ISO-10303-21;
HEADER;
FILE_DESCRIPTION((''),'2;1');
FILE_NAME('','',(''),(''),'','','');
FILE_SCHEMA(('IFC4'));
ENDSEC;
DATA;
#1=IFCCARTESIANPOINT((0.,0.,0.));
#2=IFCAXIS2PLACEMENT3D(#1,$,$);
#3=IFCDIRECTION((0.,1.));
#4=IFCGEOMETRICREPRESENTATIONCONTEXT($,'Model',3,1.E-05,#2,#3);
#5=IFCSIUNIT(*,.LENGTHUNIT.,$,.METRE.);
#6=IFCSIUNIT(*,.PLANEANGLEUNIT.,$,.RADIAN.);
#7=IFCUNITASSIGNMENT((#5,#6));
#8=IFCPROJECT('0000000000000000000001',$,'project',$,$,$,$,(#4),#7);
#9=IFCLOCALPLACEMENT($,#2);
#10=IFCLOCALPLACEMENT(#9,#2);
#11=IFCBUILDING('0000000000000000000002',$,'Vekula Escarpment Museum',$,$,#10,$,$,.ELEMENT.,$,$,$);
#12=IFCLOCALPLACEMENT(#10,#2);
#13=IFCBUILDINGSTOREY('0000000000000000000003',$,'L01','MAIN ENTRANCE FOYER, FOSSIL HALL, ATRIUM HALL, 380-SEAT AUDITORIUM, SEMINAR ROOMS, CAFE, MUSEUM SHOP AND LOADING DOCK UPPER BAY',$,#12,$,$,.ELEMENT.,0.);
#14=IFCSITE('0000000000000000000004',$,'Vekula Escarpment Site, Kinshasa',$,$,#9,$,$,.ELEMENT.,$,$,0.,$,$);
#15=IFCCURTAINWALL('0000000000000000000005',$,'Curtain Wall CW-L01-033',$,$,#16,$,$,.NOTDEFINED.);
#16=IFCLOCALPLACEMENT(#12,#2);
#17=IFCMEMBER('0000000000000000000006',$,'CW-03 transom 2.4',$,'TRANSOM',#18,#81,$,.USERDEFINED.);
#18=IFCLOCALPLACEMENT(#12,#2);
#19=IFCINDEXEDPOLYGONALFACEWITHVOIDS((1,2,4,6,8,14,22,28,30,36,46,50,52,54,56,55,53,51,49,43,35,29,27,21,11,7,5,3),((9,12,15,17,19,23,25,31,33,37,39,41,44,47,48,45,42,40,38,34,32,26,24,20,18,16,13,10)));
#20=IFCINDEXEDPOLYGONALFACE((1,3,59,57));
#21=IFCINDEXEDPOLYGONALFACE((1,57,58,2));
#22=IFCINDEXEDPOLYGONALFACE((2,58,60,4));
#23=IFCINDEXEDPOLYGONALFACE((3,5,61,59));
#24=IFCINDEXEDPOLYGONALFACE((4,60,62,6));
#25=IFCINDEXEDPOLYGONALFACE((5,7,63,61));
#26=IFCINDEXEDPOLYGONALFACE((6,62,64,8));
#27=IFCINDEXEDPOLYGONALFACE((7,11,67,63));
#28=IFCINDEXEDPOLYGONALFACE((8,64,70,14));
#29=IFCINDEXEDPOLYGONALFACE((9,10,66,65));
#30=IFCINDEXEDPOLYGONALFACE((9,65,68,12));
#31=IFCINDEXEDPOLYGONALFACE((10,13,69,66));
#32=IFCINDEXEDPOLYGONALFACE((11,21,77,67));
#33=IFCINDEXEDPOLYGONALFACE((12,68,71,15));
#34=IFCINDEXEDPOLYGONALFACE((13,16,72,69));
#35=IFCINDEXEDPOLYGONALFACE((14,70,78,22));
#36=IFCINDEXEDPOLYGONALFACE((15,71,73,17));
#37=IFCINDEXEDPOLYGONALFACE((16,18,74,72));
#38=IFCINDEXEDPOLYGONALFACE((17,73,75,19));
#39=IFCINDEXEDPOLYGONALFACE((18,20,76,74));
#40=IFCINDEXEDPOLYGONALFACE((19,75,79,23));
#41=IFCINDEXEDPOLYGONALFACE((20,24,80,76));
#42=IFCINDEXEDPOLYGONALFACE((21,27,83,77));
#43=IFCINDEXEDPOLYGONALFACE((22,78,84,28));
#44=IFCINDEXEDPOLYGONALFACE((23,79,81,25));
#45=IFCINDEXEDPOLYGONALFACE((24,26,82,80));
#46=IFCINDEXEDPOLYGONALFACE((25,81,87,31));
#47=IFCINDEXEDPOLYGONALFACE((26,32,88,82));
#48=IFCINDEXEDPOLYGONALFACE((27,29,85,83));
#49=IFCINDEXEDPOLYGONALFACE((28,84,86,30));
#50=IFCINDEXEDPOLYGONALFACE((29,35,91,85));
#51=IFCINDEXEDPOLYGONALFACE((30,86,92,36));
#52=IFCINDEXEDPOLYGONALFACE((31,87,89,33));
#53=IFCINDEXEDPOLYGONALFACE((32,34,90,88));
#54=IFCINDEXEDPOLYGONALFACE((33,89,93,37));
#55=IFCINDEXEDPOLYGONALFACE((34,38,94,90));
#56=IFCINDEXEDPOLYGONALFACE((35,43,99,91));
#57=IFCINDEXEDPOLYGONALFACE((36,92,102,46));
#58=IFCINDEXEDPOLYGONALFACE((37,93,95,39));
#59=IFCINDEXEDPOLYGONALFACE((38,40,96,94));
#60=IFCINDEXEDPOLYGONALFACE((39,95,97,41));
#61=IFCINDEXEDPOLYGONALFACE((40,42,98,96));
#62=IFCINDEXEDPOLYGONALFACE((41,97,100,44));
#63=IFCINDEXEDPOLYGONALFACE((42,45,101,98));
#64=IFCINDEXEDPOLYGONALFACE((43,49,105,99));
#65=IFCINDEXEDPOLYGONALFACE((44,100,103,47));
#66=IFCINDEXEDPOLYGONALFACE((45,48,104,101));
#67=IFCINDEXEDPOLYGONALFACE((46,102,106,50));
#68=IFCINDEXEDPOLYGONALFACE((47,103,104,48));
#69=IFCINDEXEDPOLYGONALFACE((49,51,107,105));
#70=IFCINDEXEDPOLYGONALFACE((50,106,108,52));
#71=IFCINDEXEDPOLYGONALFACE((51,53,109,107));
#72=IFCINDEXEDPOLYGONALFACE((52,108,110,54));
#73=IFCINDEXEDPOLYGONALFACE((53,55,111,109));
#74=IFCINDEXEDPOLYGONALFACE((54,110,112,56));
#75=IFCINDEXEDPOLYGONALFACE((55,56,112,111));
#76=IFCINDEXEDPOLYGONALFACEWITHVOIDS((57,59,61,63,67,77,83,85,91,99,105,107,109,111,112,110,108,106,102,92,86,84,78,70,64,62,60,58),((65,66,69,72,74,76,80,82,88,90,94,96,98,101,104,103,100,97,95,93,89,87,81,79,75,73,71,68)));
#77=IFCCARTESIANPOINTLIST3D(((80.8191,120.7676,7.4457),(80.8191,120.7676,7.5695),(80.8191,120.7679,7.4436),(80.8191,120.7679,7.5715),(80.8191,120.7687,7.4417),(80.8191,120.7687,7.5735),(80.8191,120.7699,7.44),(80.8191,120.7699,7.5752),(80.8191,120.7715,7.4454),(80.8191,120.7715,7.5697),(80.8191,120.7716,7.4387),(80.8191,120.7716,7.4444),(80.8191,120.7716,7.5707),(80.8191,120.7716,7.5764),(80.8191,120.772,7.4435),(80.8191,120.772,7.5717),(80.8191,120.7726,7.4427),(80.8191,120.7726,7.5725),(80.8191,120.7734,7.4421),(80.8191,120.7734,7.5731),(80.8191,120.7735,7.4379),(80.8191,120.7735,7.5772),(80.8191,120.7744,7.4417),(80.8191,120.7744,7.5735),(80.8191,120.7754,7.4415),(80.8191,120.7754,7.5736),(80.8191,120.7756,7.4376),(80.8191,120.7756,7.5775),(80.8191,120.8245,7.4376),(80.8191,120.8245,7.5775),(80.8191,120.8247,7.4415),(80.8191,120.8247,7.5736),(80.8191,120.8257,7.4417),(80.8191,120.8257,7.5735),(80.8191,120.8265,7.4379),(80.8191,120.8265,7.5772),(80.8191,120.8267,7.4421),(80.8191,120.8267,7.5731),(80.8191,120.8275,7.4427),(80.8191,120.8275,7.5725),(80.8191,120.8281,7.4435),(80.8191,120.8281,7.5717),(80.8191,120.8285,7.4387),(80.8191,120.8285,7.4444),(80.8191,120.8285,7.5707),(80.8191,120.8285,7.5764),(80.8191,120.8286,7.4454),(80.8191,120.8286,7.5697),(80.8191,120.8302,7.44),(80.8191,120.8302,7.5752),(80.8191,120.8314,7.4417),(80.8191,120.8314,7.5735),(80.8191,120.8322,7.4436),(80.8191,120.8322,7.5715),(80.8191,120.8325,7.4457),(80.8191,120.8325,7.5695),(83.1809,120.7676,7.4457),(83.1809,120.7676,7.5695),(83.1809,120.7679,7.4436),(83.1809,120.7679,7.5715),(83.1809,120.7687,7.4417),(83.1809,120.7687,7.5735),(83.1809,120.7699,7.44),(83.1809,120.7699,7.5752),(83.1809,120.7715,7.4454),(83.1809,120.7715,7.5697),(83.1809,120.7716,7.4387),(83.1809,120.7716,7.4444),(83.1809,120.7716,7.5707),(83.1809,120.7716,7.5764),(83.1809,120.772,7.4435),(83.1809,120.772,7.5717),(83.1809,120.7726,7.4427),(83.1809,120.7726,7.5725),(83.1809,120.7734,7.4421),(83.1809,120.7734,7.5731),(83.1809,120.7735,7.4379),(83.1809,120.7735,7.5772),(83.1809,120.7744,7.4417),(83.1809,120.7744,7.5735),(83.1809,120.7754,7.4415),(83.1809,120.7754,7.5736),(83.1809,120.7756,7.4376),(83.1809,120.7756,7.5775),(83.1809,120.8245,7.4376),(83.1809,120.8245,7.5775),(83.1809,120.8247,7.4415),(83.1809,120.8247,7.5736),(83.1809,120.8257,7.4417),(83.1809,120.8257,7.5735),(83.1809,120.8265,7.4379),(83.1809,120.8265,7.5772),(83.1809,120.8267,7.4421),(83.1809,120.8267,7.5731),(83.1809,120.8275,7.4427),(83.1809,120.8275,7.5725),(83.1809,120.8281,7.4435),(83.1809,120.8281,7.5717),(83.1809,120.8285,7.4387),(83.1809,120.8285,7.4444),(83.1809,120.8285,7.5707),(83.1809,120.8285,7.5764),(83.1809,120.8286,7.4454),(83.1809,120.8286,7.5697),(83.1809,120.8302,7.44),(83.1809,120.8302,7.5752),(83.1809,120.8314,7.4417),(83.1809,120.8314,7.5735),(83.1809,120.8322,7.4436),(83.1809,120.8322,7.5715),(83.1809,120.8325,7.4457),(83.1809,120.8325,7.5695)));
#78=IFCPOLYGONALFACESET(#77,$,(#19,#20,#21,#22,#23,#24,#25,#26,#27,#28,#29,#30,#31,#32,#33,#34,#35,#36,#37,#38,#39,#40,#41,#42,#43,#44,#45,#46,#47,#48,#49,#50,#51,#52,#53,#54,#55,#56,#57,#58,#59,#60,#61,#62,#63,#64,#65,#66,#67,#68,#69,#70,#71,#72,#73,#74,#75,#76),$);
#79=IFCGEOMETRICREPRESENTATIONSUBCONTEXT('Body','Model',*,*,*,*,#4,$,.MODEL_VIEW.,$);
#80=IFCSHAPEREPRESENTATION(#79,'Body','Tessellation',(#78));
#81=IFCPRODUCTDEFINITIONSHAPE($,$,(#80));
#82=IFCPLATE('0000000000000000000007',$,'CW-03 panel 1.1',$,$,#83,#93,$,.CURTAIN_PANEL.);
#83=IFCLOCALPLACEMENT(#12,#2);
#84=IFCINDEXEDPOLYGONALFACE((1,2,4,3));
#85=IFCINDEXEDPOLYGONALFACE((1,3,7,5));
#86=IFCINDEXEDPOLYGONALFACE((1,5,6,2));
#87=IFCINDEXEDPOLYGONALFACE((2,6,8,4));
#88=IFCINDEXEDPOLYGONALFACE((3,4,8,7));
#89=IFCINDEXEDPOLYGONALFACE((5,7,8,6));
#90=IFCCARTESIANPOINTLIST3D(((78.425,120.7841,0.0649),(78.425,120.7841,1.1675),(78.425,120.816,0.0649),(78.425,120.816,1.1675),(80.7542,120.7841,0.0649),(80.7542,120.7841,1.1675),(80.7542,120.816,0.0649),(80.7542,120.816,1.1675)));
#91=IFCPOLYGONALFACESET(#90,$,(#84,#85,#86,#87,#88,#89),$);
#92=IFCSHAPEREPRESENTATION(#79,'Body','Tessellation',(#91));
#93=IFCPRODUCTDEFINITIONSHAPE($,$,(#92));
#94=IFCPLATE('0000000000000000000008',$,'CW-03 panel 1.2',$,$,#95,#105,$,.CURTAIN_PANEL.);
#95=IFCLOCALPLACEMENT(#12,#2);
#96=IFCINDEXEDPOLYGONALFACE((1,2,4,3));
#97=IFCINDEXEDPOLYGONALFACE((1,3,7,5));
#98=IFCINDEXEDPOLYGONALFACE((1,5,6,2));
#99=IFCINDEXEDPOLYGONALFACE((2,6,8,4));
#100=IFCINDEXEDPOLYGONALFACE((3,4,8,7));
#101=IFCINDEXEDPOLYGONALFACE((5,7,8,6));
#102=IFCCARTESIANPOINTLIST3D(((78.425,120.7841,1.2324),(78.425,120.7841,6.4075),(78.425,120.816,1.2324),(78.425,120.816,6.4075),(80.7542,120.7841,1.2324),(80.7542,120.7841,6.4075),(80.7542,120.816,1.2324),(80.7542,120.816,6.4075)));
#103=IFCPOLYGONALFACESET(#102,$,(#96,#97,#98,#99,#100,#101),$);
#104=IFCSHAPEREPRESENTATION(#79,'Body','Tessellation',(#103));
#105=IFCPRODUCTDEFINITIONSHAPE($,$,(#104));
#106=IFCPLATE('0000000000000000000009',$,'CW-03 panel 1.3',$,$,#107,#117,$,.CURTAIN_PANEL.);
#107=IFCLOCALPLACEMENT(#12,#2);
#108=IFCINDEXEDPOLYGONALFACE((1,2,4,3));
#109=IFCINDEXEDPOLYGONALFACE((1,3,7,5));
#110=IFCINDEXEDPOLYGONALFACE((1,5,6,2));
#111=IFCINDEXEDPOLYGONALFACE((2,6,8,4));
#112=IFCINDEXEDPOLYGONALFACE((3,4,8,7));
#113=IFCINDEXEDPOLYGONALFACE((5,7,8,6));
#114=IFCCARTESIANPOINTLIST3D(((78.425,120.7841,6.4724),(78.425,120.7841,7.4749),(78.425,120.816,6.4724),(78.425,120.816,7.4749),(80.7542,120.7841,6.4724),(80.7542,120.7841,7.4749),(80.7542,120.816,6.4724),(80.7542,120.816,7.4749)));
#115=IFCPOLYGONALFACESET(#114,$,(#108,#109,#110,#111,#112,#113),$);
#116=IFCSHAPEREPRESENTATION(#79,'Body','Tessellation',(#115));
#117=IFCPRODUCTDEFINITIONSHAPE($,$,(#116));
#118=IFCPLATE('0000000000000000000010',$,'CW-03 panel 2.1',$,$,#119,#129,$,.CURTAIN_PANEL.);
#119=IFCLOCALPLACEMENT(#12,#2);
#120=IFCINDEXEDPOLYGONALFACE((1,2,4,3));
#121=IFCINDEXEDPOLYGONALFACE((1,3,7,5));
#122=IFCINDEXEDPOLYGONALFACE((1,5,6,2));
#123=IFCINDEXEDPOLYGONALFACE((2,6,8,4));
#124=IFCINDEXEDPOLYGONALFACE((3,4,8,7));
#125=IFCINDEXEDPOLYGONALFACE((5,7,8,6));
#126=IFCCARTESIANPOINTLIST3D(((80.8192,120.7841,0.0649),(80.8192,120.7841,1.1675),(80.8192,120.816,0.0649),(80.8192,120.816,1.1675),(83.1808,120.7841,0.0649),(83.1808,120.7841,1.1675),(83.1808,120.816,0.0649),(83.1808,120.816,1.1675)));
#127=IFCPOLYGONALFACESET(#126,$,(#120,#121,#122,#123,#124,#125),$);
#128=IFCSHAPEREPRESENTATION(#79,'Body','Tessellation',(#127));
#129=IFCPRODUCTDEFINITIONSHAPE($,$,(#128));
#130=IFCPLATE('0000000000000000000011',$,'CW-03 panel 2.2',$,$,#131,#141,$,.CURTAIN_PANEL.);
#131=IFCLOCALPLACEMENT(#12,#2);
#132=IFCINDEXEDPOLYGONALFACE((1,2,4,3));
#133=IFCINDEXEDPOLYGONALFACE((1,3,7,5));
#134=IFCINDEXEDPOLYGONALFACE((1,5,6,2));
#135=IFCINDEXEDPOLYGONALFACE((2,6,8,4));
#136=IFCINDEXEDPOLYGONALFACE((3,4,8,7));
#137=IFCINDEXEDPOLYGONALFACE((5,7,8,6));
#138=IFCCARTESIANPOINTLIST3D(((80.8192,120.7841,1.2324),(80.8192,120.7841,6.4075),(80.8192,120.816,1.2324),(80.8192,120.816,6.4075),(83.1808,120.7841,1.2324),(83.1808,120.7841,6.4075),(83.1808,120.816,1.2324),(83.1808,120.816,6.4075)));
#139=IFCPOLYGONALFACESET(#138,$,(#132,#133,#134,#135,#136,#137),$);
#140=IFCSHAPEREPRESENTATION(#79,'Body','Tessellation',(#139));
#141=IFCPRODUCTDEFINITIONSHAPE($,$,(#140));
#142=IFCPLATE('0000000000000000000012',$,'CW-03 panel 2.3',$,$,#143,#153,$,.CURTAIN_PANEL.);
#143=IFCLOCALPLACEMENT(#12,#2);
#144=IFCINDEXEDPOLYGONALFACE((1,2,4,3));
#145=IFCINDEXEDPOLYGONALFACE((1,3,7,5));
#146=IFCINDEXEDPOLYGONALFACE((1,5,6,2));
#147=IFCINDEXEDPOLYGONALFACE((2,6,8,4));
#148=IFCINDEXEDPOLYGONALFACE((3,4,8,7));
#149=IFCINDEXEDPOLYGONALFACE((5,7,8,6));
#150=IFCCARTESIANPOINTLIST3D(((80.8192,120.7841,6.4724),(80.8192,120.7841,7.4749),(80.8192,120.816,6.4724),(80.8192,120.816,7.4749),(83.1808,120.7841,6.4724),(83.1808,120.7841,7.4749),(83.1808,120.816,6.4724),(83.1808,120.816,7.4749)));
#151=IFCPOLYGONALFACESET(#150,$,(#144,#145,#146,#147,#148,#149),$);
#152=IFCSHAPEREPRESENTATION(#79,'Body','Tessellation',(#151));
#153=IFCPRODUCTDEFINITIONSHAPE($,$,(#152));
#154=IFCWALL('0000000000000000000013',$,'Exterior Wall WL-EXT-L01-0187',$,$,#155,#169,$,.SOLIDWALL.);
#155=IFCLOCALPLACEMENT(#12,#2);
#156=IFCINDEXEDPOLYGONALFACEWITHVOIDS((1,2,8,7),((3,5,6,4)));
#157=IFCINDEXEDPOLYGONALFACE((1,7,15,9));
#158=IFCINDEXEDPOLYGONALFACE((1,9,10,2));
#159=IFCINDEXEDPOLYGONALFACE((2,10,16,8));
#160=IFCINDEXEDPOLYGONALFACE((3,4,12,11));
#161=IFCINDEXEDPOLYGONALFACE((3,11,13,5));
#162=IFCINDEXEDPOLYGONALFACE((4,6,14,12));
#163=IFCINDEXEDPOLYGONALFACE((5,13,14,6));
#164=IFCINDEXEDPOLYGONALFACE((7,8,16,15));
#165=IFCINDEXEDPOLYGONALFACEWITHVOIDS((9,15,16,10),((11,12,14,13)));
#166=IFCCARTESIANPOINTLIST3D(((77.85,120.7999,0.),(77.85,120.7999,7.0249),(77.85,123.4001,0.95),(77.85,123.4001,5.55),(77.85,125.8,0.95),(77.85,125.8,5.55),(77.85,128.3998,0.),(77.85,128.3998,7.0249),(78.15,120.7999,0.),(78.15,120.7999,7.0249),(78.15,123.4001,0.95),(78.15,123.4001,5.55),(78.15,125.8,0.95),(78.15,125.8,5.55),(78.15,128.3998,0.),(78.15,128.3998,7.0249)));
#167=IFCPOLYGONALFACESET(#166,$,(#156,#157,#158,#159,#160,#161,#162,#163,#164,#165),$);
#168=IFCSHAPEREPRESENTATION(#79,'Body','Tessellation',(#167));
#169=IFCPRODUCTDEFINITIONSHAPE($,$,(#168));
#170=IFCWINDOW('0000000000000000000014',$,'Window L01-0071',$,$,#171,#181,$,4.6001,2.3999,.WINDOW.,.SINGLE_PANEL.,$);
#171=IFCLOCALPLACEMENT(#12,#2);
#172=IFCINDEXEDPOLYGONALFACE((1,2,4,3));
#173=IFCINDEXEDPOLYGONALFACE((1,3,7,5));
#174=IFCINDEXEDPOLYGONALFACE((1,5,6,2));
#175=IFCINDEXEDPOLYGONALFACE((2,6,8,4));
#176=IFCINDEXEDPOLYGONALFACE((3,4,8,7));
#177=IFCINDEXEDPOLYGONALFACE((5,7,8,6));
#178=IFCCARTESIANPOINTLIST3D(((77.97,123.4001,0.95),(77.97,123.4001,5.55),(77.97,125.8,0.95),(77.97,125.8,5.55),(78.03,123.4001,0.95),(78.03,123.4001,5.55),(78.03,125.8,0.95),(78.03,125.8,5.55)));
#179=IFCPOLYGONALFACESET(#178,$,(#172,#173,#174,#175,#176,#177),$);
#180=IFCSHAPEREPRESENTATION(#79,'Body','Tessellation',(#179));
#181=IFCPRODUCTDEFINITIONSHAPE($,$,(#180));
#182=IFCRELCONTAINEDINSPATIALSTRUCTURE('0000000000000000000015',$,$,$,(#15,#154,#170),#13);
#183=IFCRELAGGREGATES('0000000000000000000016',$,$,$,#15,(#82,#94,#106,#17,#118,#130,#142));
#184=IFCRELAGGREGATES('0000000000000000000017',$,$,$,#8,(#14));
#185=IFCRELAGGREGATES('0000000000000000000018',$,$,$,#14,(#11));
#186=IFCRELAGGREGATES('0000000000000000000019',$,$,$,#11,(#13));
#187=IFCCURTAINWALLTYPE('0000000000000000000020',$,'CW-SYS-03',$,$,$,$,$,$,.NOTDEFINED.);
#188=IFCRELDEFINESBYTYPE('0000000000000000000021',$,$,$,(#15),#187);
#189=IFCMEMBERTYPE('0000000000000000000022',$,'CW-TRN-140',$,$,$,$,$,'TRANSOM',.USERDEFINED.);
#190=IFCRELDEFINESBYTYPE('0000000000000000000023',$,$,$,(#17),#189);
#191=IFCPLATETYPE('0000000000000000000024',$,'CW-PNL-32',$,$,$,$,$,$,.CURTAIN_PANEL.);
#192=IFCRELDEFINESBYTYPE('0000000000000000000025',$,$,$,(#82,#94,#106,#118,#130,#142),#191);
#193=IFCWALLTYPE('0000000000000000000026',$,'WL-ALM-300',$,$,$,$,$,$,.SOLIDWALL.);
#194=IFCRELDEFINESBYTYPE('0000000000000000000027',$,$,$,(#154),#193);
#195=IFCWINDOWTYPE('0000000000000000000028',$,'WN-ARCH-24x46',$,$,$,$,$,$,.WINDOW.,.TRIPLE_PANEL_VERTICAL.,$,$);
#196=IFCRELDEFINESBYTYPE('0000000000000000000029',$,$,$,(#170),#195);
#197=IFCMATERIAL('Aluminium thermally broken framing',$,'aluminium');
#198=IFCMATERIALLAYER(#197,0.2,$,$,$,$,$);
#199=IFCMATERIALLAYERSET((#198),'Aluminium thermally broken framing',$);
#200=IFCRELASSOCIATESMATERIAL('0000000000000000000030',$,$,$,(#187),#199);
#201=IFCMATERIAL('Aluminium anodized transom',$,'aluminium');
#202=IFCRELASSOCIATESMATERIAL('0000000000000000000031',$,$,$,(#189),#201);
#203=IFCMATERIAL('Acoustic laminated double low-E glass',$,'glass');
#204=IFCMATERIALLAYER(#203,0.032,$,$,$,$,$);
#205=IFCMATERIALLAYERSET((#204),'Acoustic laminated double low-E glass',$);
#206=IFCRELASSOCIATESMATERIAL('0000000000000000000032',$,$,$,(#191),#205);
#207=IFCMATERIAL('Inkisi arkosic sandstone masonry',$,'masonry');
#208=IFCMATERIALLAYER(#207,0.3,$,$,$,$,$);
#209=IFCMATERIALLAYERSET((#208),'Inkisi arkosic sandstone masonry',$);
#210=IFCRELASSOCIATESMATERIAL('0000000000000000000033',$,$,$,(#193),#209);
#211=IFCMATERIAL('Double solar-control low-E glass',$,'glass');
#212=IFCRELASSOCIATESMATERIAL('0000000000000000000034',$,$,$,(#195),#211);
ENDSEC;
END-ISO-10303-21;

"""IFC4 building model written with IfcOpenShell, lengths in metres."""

from ifc_helpers import new_model, si_unit, direction, frame, frame_2d, origin, origin_2d, place, context, subcontext, project, spatial, rectangle, hollow_rectangle, extrude, material, layer, layer_set, material_profile, profile_set, type_object, element, fill, aggregate, save


model = new_model("IFC4")

# Units and contexts
model_context = context("Model", 3, precision=1e-05, world=origin(), true_north=direction((0.0, 1.0)))
body_context = subcontext(model_context, "Body", "Model", "MODEL_VIEW")
ifc_project = project(units=[si_unit("LENGTHUNIT", "METRE"), si_unit("PLANEANGLEUNIT", "RADIAN")], contexts=[model_context])

# Site, building, storey
site_placement = place(None, origin())
site = spatial("IfcSite", under=ifc_project, at=site_placement, Name="Vekula Escarpment Site, Kinshasa", CompositionType="ELEMENT", RefElevation=0.0)
building_placement = place(site_placement, origin())
building = spatial("IfcBuilding", under=site, at=building_placement, Name="Vekula Escarpment Museum", CompositionType="ELEMENT")
storey_placement = place(building_placement, origin())
storey = spatial("IfcBuildingStorey", under=building, at=storey_placement, Name="L01", Description="MAIN ENTRANCE FOYER, FOSSIL HALL, ATRIUM HALL, 380-SEAT AUDITORIUM, SEMINAR ROOMS, CAFE, MUSEUM SHOP AND LOADING DOCK UPPER BAY", CompositionType="ELEMENT", Elevation=0.0)

# Curtain wall, member, plates
ifc_material_1 = material(Name="Aluminium thermally broken framing", Category="aluminium")
ifc_layer_1 = layer(ifc_material_1, 0.2)
ifc_layer_set_1 = layer_set([ifc_layer_1], Name="Aluminium thermally broken framing")
curtain_wall_type = type_object("IfcCurtainWallType", Name="CW-SYS-03", PredefinedType="NOTDEFINED", material=ifc_layer_set_1)
curtain_wall_placement = place(storey_placement, origin())
curtain_wall = element("IfcCurtainWall", 1, at=curtain_wall_placement, inside=storey, type_object=curtain_wall_type, Name="Curtain Wall CW-L01-033", PredefinedType="NOTDEFINED")
ifc_material_2 = material(Name="Aluminium anodized transom", Category="aluminium")
ifc_material_profile_1 = material_profile(ifc_material_2, hollow_rectangle(XDim=0.0649, YDim=0.1399, WallThickness=0.0039, InnerFilletRadius=0.0039, OuterFilletRadius=0.0081, at=origin_2d()), Name="ALU 140x65x4")
ifc_profile_set_1 = profile_set([ifc_material_profile_1], Name="Aluminium anodized transom")
member_type_1 = type_object("IfcMemberType", Name="CW-TRN-140", ElementType="TRANSOM", PredefinedType="USERDEFINED", material=ifc_profile_set_1)
member_1_placement = place(storey_placement, frame((80.8191, 120.8, 7.5076), z_axis=(1.0, 0.0, 0.0), x_axis=(0.0, 1.0, 0.0)))
member_1 = element("IfcMember", 2, at=member_1_placement, type_object=member_type_1, Name="CW-03 transom 2.4", ObjectType="TRANSOM", PredefinedType="USERDEFINED", context=body_context, shape_type="SweptSolid", body=[
    extrude(hollow_rectangle(XDim=0.0649, YDim=0.1399, WallThickness=0.0039, InnerFilletRadius=0.0039, OuterFilletRadius=0.0081, at=origin_2d()), origin(), (0.0, 0.0, 1.0), 2.3618),
])
ifc_material_3 = material(Name="Acoustic laminated double low-E glass", Category="glass")
ifc_layer_2 = layer(ifc_material_3, 0.032)
ifc_layer_set_2 = layer_set([ifc_layer_2], Name="Acoustic laminated double low-E glass")
plate_type = type_object("IfcPlateType", Name="CW-PNL-32", PredefinedType="CURTAIN_PANEL", material=ifc_layer_set_2)
plate_1_placement = place(storey_placement, frame((79.5896, 120.8, 0.0649), z_axis=(0.0, 0.0, 1.0), x_axis=(1.0, 0.0, 0.0)))
plate_1 = element("IfcPlate", 3, at=plate_1_placement, type_object=plate_type, Name="CW-03 panel 1.1", PredefinedType="CURTAIN_PANEL", context=body_context, shape_type="SweptSolid", body=[
    extrude(rectangle(XDim=2.3291, YDim=0.032, at=origin_2d()), origin(), (0.0, 0.0, 1.0), 1.1025),
])
plate_2_placement = place(storey_placement, frame((79.5896, 120.8, 1.2324), z_axis=(0.0, 0.0, 1.0), x_axis=(1.0, 0.0, 0.0)))
plate_2 = element("IfcPlate", 4, at=plate_2_placement, type_object=plate_type, Name="CW-03 panel 1.2", PredefinedType="CURTAIN_PANEL", context=body_context, shape_type="SweptSolid", body=[
    extrude(rectangle(XDim=2.3291, YDim=0.032, at=origin_2d()), origin(), (0.0, 0.0, 1.0), 5.175),
])
plate_3_placement = place(storey_placement, frame((79.5896, 120.8, 6.4724), z_axis=(0.0, 0.0, 1.0), x_axis=(1.0, 0.0, 0.0)))
plate_3 = element("IfcPlate", 5, at=plate_3_placement, type_object=plate_type, Name="CW-03 panel 1.3", PredefinedType="CURTAIN_PANEL", context=body_context, shape_type="SweptSolid", body=[
    extrude(rectangle(XDim=2.3291, YDim=0.032, at=origin_2d()), origin(), (0.0, 0.0, 1.0), 1.0024),
])
plate_4_placement = place(storey_placement, frame((82.0, 120.8, 0.0649), z_axis=(0.0, 0.0, 1.0), x_axis=(1.0, 0.0, 0.0)))
plate_4 = element("IfcPlate", 6, at=plate_4_placement, type_object=plate_type, Name="CW-03 panel 2.1", PredefinedType="CURTAIN_PANEL", context=body_context, shape_type="SweptSolid", body=[
    extrude(rectangle(XDim=2.3616, YDim=0.032, at=origin_2d()), origin(), (0.0, 0.0, 1.0), 1.1025),
])
plate_5_placement = place(storey_placement, frame((82.0, 120.8, 1.2324), z_axis=(0.0, 0.0, 1.0), x_axis=(1.0, 0.0, 0.0)))
plate_5 = element("IfcPlate", 7, at=plate_5_placement, type_object=plate_type, Name="CW-03 panel 2.2", PredefinedType="CURTAIN_PANEL", context=body_context, shape_type="SweptSolid", body=[
    extrude(rectangle(XDim=2.3616, YDim=0.032, at=origin_2d()), origin(), (0.0, 0.0, 1.0), 5.175),
])
plate_6_placement = place(storey_placement, frame((82.0, 120.8, 6.4724), z_axis=(0.0, 0.0, 1.0), x_axis=(1.0, 0.0, 0.0)))
plate_6 = element("IfcPlate", 8, at=plate_6_placement, type_object=plate_type, Name="CW-03 panel 2.3", PredefinedType="CURTAIN_PANEL", context=body_context, shape_type="SweptSolid", body=[
    extrude(rectangle(XDim=2.3616, YDim=0.032, at=origin_2d()), origin(), (0.0, 0.0, 1.0), 1.0024),
])
aggregate(curtain_wall, [plate_1, plate_2, plate_3, member_1, plate_4, plate_5, plate_6])

# Wall, opening, window
ifc_material_4 = material(Name="Inkisi arkosic sandstone masonry", Category="masonry")
ifc_layer_3 = layer(ifc_material_4, 0.3)
ifc_layer_set_3 = layer_set([ifc_layer_3], Name="Inkisi arkosic sandstone masonry")
wall_type_1 = type_object("IfcWallType", Name="WL-ALM-300", PredefinedType="SOLIDWALL", material=ifc_layer_set_3)
wall_1_placement = place(storey_placement, frame((78.0, 120.8, 0.0), z_axis=(0.0, 0.0, 1.0), x_axis=(0.0, 1.0, 0.0)))
wall_1 = element("IfcWall", 9, at=wall_1_placement, inside=storey, type_object=wall_type_1, Name="Exterior Wall WL-EXT-L01-0187", PredefinedType="SOLIDWALL", context=body_context, shape_type="SweptSolid", body=[
    extrude(rectangle(XDim=7.5999, YDim=0.3, at=frame_2d((3.7998, 0.0))), origin(), (0.0, 0.0, 1.0), 7.0249),
])
opening_1_placement = place(wall_1_placement, frame((2.6001, 0.0, 0.95)))
opening_1 = element("IfcOpeningElement", 10, at=opening_1_placement, cuts=wall_1, PredefinedType="OPENING", context=body_context, shape_type="SweptSolid", body=[
    extrude(rectangle(XDim=2.3999, YDim=4.6001, at=frame_2d((1.2, 2.3))), frame((0.0, 0.1599, 0.0), z_axis=(0.0, -1.0, 0.0), x_axis=(1.0, 0.0, 0.0)), (0.0, 0.0, 1.0), 0.3201),
])
ifc_material_5 = material(Name="Double solar-control low-E glass", Category="glass")
window_type_1 = type_object("IfcWindowType", Name="WN-ARCH-24x46", PartitioningType="TRIPLE_PANEL_VERTICAL", PredefinedType="WINDOW", material=ifc_material_5)
window_1_placement = place(opening_1_placement, origin())
window_1 = element("IfcWindow", 11, at=window_1_placement, inside=storey, type_object=window_type_1, Name="Window L01-0071", OverallHeight=4.6001, OverallWidth=2.3999, PartitioningType="SINGLE_PANEL", PredefinedType="WINDOW", context=body_context, shape_type="SweptSolid", body=[
    extrude(rectangle(XDim=2.3999, YDim=4.6001, at=frame_2d((1.2, 2.3))), frame((0.0, 0.03, 0.0), z_axis=(0.0, -1.0, 0.0), x_axis=(1.0, 0.0, 0.0)), (0.0, 0.0, 1.0), 0.0601),
])
fill(opening_1, window_1)

save(model, "model.ifc")
